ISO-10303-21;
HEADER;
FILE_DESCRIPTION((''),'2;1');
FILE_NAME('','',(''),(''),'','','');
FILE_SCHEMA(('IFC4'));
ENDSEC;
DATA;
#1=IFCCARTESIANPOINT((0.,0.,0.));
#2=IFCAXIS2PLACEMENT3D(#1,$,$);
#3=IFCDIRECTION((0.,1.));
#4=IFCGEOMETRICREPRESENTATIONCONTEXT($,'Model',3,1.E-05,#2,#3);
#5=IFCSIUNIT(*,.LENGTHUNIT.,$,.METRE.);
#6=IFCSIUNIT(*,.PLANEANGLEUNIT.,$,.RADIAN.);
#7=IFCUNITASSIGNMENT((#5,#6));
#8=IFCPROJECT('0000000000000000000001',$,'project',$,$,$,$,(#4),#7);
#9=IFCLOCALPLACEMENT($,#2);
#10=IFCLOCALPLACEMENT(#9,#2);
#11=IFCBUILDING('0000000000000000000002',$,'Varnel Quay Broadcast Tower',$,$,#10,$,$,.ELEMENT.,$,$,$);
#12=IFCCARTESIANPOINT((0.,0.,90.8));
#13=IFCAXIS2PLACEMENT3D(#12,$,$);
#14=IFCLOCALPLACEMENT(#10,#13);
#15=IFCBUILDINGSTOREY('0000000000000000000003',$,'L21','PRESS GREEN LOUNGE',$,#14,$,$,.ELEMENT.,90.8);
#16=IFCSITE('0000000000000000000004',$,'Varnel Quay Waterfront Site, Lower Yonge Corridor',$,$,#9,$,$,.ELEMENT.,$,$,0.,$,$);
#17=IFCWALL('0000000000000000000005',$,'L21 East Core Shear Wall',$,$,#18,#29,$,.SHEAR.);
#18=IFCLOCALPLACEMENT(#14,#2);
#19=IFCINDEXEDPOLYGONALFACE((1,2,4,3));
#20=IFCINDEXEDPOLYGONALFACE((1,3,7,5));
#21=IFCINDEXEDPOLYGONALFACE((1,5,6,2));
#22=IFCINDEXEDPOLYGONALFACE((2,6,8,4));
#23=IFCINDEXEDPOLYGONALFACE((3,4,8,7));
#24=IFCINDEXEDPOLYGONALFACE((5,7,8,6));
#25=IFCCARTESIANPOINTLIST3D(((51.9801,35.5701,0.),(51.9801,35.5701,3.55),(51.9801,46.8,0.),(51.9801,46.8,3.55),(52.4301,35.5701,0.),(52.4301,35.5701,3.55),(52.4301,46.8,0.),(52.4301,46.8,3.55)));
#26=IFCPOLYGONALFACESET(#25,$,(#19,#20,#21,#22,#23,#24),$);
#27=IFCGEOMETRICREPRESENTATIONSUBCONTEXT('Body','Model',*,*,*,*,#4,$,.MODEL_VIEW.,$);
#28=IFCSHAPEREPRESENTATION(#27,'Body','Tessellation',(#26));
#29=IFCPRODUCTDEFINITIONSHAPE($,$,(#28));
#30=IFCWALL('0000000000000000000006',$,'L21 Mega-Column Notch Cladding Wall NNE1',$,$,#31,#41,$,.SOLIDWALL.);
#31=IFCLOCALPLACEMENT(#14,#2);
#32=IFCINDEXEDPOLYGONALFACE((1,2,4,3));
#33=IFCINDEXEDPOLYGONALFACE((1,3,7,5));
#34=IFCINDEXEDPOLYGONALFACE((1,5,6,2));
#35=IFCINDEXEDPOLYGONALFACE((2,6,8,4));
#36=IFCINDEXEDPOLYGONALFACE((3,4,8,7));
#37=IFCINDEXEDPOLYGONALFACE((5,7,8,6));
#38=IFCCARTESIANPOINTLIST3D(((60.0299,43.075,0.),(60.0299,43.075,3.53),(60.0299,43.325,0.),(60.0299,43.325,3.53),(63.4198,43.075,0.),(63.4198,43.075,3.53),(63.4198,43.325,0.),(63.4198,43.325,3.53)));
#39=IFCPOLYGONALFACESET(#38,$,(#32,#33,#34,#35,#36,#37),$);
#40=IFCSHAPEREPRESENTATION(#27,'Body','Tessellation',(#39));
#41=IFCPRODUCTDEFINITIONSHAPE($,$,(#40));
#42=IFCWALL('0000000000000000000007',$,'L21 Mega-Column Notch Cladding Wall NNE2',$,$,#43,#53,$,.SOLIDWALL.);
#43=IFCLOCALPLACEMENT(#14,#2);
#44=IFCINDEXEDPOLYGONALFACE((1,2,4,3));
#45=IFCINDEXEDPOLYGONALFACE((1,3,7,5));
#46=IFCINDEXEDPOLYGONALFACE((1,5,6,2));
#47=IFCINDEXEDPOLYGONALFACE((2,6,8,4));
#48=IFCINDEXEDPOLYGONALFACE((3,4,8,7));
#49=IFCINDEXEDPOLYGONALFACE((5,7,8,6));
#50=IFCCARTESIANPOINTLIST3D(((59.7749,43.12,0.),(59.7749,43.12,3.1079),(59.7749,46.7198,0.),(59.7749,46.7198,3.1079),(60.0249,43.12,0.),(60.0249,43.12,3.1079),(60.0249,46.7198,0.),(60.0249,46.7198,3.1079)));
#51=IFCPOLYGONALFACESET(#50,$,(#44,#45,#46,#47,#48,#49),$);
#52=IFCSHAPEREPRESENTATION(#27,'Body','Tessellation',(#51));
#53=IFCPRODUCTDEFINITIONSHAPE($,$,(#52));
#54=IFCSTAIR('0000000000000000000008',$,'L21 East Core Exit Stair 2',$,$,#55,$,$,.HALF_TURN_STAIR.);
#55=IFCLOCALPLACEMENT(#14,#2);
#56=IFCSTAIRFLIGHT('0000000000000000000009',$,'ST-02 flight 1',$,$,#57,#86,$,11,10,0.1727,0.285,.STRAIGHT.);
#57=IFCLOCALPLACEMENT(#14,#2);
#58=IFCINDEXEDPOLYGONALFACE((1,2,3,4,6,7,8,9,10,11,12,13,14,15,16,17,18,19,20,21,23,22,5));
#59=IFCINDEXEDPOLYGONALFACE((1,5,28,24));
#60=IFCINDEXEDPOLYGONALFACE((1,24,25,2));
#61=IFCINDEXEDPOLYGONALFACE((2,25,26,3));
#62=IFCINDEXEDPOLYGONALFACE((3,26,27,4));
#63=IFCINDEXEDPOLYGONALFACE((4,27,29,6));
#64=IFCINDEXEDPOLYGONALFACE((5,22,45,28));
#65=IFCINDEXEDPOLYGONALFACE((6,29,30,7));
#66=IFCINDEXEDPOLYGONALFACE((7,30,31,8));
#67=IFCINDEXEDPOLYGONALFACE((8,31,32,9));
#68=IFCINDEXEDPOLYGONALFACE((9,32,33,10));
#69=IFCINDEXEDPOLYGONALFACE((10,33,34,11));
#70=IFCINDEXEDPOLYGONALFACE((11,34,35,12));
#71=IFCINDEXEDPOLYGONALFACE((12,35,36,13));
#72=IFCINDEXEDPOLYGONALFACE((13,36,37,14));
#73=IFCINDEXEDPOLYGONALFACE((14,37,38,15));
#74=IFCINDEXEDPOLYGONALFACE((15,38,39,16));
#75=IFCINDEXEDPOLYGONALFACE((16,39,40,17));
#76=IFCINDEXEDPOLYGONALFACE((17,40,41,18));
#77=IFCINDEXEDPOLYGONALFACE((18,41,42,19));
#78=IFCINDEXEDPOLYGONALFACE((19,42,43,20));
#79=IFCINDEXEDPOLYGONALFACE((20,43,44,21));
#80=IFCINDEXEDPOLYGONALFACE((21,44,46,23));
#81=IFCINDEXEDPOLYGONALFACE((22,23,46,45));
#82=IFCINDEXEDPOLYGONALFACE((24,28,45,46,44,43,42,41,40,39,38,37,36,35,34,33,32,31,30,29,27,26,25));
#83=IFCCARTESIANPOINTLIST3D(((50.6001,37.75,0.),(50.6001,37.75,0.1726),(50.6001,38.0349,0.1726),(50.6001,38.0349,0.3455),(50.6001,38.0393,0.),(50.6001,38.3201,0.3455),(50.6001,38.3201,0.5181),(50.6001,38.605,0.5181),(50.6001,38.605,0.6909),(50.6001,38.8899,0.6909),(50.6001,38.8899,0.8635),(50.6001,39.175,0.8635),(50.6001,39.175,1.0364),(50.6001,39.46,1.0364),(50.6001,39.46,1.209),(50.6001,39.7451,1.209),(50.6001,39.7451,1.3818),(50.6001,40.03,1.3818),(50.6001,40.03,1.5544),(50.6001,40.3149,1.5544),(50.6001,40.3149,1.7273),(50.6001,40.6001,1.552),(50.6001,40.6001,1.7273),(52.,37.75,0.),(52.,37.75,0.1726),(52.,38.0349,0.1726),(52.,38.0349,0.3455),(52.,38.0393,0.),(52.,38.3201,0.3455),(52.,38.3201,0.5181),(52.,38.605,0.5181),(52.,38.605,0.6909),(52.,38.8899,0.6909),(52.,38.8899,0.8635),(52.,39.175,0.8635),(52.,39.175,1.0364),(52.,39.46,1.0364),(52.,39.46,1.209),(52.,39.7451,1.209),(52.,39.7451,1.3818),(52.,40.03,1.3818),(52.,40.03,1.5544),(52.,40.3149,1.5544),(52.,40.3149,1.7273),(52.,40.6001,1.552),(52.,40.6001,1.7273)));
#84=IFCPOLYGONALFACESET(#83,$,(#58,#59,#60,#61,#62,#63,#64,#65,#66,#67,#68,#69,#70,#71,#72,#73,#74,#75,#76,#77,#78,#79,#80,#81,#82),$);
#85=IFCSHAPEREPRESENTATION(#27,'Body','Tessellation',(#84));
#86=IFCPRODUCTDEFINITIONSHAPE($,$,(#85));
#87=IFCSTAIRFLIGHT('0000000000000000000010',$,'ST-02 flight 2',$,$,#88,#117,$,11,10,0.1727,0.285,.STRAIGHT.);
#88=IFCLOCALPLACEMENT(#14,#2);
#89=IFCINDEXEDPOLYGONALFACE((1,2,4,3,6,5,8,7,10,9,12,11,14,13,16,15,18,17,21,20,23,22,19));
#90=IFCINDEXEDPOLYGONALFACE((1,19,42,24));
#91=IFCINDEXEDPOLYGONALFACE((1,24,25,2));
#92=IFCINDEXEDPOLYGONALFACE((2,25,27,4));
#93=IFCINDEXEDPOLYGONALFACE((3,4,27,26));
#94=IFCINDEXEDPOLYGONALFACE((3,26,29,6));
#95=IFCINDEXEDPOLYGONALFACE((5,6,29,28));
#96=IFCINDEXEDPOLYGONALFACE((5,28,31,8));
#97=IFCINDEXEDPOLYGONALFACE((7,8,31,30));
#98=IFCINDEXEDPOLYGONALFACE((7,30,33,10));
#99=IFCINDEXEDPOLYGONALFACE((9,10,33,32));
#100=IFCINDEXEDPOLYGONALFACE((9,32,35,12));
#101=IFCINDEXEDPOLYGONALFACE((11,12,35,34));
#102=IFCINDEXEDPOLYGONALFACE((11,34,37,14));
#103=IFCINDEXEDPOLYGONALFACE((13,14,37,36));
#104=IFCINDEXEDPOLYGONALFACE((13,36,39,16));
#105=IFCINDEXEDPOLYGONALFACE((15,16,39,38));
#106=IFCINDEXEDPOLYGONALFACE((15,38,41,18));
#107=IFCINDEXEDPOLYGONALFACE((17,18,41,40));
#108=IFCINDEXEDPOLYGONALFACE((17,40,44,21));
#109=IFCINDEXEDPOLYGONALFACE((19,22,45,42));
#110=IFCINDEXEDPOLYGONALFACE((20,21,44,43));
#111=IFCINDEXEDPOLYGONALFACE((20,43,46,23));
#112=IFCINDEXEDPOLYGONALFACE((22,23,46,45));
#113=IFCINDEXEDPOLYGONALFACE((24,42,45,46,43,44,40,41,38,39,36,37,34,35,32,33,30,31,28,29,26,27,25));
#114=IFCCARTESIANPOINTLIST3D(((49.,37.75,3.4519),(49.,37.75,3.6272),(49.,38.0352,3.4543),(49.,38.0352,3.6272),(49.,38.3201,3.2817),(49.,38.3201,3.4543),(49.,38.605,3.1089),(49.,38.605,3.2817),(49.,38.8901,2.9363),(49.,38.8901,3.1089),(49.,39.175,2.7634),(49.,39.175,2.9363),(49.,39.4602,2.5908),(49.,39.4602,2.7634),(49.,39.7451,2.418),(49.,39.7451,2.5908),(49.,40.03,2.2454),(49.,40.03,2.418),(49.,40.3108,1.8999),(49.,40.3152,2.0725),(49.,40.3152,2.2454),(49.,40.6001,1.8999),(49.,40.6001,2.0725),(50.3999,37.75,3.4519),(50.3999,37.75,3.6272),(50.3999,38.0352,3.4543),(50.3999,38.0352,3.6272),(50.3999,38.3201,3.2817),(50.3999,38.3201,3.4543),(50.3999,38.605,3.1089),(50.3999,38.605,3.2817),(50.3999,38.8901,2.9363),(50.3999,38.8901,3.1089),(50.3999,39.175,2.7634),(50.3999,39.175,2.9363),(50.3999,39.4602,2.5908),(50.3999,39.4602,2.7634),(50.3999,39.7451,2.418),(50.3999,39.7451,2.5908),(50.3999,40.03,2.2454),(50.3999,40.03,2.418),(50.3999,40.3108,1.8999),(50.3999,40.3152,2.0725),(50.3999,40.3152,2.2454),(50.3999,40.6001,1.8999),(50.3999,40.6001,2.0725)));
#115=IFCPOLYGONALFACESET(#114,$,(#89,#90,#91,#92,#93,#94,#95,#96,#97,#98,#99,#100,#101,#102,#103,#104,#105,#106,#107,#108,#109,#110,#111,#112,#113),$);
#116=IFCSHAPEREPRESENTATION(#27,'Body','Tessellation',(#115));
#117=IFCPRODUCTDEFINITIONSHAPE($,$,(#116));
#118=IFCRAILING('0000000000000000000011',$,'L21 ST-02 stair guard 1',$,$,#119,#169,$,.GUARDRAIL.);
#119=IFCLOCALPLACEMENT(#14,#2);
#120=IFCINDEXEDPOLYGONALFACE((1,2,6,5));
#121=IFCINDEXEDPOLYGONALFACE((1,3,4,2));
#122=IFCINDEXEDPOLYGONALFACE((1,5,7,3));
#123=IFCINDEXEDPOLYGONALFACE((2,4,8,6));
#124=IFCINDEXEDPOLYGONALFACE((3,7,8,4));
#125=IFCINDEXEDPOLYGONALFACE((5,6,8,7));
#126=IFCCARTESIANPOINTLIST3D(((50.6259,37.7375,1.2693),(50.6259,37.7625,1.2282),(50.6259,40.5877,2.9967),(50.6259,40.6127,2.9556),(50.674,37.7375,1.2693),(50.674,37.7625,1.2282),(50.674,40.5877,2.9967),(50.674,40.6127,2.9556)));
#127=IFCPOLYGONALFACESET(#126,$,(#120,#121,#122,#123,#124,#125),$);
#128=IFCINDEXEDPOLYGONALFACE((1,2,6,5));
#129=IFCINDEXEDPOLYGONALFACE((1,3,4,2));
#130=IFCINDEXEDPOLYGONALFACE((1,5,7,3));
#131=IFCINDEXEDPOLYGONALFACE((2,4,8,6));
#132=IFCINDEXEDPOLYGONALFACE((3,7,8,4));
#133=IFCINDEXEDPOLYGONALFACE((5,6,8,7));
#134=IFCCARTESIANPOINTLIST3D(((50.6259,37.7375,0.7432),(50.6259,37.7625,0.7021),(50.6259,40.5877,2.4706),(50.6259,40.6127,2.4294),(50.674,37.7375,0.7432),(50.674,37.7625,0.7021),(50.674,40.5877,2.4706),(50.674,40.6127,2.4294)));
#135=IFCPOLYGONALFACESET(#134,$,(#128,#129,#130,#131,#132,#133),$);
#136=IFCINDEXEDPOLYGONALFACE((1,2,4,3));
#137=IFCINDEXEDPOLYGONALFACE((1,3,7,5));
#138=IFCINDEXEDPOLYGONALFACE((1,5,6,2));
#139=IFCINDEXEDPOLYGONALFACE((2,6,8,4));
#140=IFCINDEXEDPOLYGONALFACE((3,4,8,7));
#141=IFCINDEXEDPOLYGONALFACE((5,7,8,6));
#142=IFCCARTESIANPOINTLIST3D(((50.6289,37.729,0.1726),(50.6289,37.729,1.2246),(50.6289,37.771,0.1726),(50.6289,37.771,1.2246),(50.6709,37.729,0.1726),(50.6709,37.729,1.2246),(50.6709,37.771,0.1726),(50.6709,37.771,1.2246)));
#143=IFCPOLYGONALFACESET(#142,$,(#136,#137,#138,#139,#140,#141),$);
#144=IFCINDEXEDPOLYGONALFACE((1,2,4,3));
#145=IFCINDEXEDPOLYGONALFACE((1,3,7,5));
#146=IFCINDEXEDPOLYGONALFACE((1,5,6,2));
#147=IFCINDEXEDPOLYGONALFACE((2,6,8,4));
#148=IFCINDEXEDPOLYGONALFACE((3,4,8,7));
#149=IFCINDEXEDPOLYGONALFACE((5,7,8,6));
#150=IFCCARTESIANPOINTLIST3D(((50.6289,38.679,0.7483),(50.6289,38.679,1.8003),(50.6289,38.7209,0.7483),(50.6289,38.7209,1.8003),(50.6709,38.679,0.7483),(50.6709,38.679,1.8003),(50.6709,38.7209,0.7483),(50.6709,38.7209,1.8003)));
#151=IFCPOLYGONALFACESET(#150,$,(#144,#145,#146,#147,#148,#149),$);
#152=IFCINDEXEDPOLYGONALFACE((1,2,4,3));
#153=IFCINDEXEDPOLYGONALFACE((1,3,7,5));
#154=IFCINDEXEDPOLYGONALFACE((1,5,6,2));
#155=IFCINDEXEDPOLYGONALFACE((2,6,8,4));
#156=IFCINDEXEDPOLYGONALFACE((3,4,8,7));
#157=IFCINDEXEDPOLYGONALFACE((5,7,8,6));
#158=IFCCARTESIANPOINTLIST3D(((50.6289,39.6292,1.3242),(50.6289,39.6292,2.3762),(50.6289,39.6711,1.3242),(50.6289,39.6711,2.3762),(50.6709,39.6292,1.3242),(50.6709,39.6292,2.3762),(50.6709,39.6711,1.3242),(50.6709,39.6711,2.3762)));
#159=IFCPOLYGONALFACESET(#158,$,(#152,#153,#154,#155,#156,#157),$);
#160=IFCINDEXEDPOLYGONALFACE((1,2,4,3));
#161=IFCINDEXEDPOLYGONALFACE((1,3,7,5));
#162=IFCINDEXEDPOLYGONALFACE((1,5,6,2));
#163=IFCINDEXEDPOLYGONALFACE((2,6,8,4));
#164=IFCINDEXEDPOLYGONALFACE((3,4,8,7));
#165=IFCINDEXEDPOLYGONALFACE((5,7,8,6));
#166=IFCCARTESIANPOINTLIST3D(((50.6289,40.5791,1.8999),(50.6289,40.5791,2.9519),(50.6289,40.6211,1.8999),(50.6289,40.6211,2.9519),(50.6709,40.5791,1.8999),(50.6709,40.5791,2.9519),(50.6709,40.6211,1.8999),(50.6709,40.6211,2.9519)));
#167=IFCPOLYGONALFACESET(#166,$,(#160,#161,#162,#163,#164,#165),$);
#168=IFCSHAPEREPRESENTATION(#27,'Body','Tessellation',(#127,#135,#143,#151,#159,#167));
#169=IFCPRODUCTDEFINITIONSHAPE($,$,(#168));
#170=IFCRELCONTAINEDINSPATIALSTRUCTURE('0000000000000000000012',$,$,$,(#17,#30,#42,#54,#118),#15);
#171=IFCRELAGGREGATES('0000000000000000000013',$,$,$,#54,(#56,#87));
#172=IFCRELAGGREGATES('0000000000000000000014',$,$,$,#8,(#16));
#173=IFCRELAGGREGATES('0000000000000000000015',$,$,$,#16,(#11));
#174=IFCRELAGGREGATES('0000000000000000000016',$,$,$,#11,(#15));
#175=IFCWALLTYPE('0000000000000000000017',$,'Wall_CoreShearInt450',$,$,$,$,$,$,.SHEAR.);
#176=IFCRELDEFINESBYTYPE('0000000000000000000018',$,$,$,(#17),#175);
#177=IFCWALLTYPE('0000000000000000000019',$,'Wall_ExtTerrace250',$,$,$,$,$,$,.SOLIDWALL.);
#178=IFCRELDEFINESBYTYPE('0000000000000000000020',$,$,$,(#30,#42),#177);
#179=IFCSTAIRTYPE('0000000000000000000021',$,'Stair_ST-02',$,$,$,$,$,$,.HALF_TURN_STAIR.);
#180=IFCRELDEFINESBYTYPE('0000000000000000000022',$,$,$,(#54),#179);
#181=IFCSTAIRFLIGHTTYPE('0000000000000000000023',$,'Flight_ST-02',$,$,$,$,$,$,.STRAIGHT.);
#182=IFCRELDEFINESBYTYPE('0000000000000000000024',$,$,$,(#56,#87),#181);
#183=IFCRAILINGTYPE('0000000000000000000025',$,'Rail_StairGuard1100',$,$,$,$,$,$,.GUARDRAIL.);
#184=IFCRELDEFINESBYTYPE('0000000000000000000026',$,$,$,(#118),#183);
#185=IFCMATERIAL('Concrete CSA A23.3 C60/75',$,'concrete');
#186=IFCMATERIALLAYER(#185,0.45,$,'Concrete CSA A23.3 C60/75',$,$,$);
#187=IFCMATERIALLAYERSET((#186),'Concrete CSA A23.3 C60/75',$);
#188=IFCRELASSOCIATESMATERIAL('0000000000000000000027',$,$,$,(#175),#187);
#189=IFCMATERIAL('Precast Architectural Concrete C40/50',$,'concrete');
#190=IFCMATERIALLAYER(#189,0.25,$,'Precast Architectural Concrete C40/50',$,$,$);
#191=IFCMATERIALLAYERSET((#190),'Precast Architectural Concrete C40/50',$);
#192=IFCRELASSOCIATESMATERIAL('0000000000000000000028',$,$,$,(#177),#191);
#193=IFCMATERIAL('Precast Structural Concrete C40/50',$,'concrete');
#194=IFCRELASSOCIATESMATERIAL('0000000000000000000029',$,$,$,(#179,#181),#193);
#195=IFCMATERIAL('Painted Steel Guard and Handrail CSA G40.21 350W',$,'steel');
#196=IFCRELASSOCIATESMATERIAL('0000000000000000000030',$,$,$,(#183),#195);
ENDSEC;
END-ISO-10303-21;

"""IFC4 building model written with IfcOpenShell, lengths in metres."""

from ifc_helpers import new_model, si_unit, direction, frame, frame_2d, origin, origin_2d, place, context, subcontext, project, spatial, polyline, rectangle, outline, extrude, material, layer, layer_set, type_object, element, aggregate, save


model = new_model("IFC4")

# Units and contexts
model_context = context("Model", 3, precision=1e-05, world=origin(), true_north=direction((0.0, 1.0)))
body_context = subcontext(model_context, "Body", "Model", "MODEL_VIEW")
ifc_project = project(units=[si_unit("LENGTHUNIT", "METRE"), si_unit("PLANEANGLEUNIT", "RADIAN")], contexts=[model_context])

# Site, building, storey
site_placement = place(None, origin())
site = spatial("IfcSite", under=ifc_project, at=site_placement, Name="Varnel Quay Waterfront Site, Lower Yonge Corridor", CompositionType="ELEMENT", RefElevation=0.0)
building_placement = place(site_placement, origin())
building = spatial("IfcBuilding", under=site, at=building_placement, Name="Varnel Quay Broadcast Tower", CompositionType="ELEMENT")
storey_placement = place(building_placement, frame((0.0, 0.0, 90.8)))
storey = spatial("IfcBuildingStorey", under=building, at=storey_placement, Name="L21", Description="PRESS GREEN LOUNGE", CompositionType="ELEMENT", Elevation=90.8)

# Walls
ifc_material_1 = material(Name="Concrete CSA A23.3 C60/75", Category="concrete")
ifc_layer_1 = layer(ifc_material_1, 0.45, Name="Concrete CSA A23.3 C60/75")
ifc_layer_set_1 = layer_set([ifc_layer_1], Name="Concrete CSA A23.3 C60/75")
wall_type_1 = type_object("IfcWallType", Name="Wall_CoreShearInt450", PredefinedType="SHEAR", material=ifc_layer_set_1)
wall_1_placement = place(storey_placement, frame((52.2051, 35.5701, 0.0), z_axis=(0.0, 0.0, 1.0), x_axis=(0.0, 1.0, 0.0)))
element("IfcWall", 1, at=wall_1_placement, inside=storey, type_object=wall_type_1, Name="L21 East Core Shear Wall", PredefinedType="SHEAR", context=body_context, shape_type="SweptSolid", body=[
    extrude(rectangle(XDim=11.23, YDim=0.45, at=frame_2d((5.615, 0.0))), origin(), (0.0, 0.0, 1.0), 3.55),
])
ifc_material_2 = material(Name="Precast Architectural Concrete C40/50", Category="concrete")
ifc_layer_2 = layer(ifc_material_2, 0.25, Name="Precast Architectural Concrete C40/50")
ifc_layer_set_2 = layer_set([ifc_layer_2], Name="Precast Architectural Concrete C40/50")
wall_type_2 = type_object("IfcWallType", Name="Wall_ExtTerrace250", PredefinedType="SOLIDWALL", material=ifc_layer_set_2)
wall_2_placement = place(storey_placement, frame((60.03, 43.2, 0.0), z_axis=(0.0, 0.0, 1.0), x_axis=(1.0, 0.0, 0.0)))
element("IfcWall", 2, at=wall_2_placement, inside=storey, type_object=wall_type_2, Name="L21 Mega-Column Notch Cladding Wall NNE1", PredefinedType="SOLIDWALL", context=body_context, shape_type="SweptSolid", body=[
    extrude(rectangle(XDim=3.3899, YDim=0.25, at=frame_2d((1.6948, 0.0))), origin(), (0.0, 0.0, 1.0), 3.53),
])
wall_3_placement = place(storey_placement, frame((59.8999, 43.1201, 0.0), z_axis=(0.0, 0.0, 1.0), x_axis=(0.0, 1.0, 0.0)))
element("IfcWall", 3, at=wall_3_placement, inside=storey, type_object=wall_type_2, Name="L21 Mega-Column Notch Cladding Wall NNE2", PredefinedType="SOLIDWALL", context=body_context, shape_type="SweptSolid", body=[
    extrude(rectangle(XDim=3.5999, YDim=0.25, at=frame_2d((1.7998, 0.0))), origin(), (0.0, 0.0, 1.0), 3.1079),
])

# Stair, stair flights
ifc_material_3 = material(Name="Precast Structural Concrete C40/50", Category="concrete")
stair_type = type_object("IfcStairType", Name="Stair_ST-02", PredefinedType="HALF_TURN_STAIR", material=ifc_material_3)
stair_placement = place(storey_placement, origin())
stair = element("IfcStair", 4, at=stair_placement, inside=storey, type_object=stair_type, Name="L21 East Core Exit Stair 2", PredefinedType="HALF_TURN_STAIR")
stair_flight_type = type_object("IfcStairFlightType", Name="Flight_ST-02", PredefinedType="STRAIGHT", material=ifc_material_3)
stair_flight_1_placement = place(storey_placement, frame((51.3, 37.75, 0.0), z_axis=(0.0, 0.0, 1.0), x_axis=(0.0, 1.0, 0.0)))
stair_flight_1 = element("IfcStairFlight", 5, at=stair_flight_1_placement, type_object=stair_flight_type, Name="ST-02 flight 1", NumberOfRisers=11, NumberOfTreads=10, PredefinedType="STRAIGHT", RiserHeight=0.1727, TreadLength=0.285, context=body_context, shape_type="SweptSolid", body=[
    extrude(outline(polyline([(0.0, 0.0), (0.0, 0.1726), (0.2849, 0.1726), (0.2849, 0.3455), (0.5701, 0.3455), (0.5701, 0.5181), (0.855, 0.5181), (0.855, 0.6909), (1.1399, 0.6909), (1.1399, 0.8635), (1.425, 0.8635), (1.425, 1.0364), (1.71, 1.0364), (1.71, 1.209), (1.9951, 1.209), (1.9951, 1.3818), (2.28, 1.3818), (2.28, 1.5544), (2.5649, 1.5544), (2.5649, 1.7273), (2.8501, 1.7273), (2.8501, 1.8999), (2.8501, 1.552), (0.2893, 0.0), (0.0, 0.0)])), frame((0.0, 0.7, 0.0), z_axis=(0.0, -1.0, 0.0), x_axis=(1.0, 0.0, 0.0)), (0.0, 0.0, 1.0), 1.3999),
])
stair_flight_2_placement = place(storey_placement, frame((49.7, 40.6001, 1.8999), z_axis=(0.0, 0.0, 1.0), x_axis=(0.0, -1.0, 0.0)))
stair_flight_2 = element("IfcStairFlight", 6, at=stair_flight_2_placement, type_object=stair_flight_type, Name="ST-02 flight 2", NumberOfRisers=11, NumberOfTreads=10, PredefinedType="STRAIGHT", RiserHeight=0.1727, TreadLength=0.285, context=body_context, shape_type="SweptSolid", body=[
    extrude(outline(polyline([(0.0, 0.0), (0.0, 0.1726), (0.2849, 0.1726), (0.2849, 0.3455), (0.5701, 0.3455), (0.5701, 0.5181), (0.855, 0.5181), (0.855, 0.6909), (1.1399, 0.6909), (1.1399, 0.8635), (1.425, 0.8635), (1.425, 1.0364), (1.71, 1.0364), (1.71, 1.209), (1.9951, 1.209), (1.9951, 1.3818), (2.28, 1.3818), (2.28, 1.5544), (2.5649, 1.5544), (2.5649, 1.7273), (2.8501, 1.7273), (2.8501, 1.8999), (2.8501, 1.552), (0.2893, 0.0), (0.0, 0.0)])), frame((0.0, 0.7, 0.0), z_axis=(0.0, -1.0, 0.0), x_axis=(1.0, 0.0, 0.0)), (0.0, 0.0, 1.0), 1.3999),
])
aggregate(stair, [stair_flight_1, stair_flight_2])

# Railing
ifc_material_4 = material(Name="Painted Steel Guard and Handrail CSA G40.21 350W", Category="steel")
railing_type_1 = type_object("IfcRailingType", Name="Rail_StairGuard1100", PredefinedType="GUARDRAIL", material=ifc_material_4)
railing_1_placement = place(storey_placement, frame((50.6499, 37.75, 0.1726)))
element("IfcRailing", 7, at=railing_1_placement, inside=storey, type_object=railing_type_1, Name="L21 ST-02 stair guard 1", PredefinedType="GUARDRAIL", context=body_context, shape_type="SweptSolid", body=[
    extrude(rectangle(XDim=0.0481, YDim=0.0481, at=origin_2d()), frame((0.0, 0.0, 1.0762), z_axis=(0.0, 0.855203, 0.518294), x_axis=(-1.0, 0.0, 0.0)), (0.0, 0.0, 1.0), 3.3328),
    extrude(rectangle(XDim=0.0481, YDim=0.0481, at=origin_2d()), frame((0.0, 0.0, 0.55), z_axis=(0.0, 0.855203, 0.518294), x_axis=(-1.0, 0.0, 0.0)), (0.0, 0.0, 1.0), 3.3328),
    extrude(rectangle(XDim=0.042, YDim=0.042, at=origin_2d()), origin(), (0.0, 0.0, 1.0), 1.052),
    extrude(rectangle(XDim=0.042, YDim=0.042, at=origin_2d()), frame((0.0, 0.95, 0.5757)), (0.0, 0.0, 1.0), 1.052),
    extrude(rectangle(XDim=0.042, YDim=0.042, at=origin_2d()), frame((0.0, 1.9001, 1.1516)), (0.0, 0.0, 1.0), 1.052),
    extrude(rectangle(XDim=0.042, YDim=0.042, at=origin_2d()), frame((0.0, 2.8501, 1.7273)), (0.0, 0.0, 1.0), 1.052),
])

save(model, "model.ifc")
